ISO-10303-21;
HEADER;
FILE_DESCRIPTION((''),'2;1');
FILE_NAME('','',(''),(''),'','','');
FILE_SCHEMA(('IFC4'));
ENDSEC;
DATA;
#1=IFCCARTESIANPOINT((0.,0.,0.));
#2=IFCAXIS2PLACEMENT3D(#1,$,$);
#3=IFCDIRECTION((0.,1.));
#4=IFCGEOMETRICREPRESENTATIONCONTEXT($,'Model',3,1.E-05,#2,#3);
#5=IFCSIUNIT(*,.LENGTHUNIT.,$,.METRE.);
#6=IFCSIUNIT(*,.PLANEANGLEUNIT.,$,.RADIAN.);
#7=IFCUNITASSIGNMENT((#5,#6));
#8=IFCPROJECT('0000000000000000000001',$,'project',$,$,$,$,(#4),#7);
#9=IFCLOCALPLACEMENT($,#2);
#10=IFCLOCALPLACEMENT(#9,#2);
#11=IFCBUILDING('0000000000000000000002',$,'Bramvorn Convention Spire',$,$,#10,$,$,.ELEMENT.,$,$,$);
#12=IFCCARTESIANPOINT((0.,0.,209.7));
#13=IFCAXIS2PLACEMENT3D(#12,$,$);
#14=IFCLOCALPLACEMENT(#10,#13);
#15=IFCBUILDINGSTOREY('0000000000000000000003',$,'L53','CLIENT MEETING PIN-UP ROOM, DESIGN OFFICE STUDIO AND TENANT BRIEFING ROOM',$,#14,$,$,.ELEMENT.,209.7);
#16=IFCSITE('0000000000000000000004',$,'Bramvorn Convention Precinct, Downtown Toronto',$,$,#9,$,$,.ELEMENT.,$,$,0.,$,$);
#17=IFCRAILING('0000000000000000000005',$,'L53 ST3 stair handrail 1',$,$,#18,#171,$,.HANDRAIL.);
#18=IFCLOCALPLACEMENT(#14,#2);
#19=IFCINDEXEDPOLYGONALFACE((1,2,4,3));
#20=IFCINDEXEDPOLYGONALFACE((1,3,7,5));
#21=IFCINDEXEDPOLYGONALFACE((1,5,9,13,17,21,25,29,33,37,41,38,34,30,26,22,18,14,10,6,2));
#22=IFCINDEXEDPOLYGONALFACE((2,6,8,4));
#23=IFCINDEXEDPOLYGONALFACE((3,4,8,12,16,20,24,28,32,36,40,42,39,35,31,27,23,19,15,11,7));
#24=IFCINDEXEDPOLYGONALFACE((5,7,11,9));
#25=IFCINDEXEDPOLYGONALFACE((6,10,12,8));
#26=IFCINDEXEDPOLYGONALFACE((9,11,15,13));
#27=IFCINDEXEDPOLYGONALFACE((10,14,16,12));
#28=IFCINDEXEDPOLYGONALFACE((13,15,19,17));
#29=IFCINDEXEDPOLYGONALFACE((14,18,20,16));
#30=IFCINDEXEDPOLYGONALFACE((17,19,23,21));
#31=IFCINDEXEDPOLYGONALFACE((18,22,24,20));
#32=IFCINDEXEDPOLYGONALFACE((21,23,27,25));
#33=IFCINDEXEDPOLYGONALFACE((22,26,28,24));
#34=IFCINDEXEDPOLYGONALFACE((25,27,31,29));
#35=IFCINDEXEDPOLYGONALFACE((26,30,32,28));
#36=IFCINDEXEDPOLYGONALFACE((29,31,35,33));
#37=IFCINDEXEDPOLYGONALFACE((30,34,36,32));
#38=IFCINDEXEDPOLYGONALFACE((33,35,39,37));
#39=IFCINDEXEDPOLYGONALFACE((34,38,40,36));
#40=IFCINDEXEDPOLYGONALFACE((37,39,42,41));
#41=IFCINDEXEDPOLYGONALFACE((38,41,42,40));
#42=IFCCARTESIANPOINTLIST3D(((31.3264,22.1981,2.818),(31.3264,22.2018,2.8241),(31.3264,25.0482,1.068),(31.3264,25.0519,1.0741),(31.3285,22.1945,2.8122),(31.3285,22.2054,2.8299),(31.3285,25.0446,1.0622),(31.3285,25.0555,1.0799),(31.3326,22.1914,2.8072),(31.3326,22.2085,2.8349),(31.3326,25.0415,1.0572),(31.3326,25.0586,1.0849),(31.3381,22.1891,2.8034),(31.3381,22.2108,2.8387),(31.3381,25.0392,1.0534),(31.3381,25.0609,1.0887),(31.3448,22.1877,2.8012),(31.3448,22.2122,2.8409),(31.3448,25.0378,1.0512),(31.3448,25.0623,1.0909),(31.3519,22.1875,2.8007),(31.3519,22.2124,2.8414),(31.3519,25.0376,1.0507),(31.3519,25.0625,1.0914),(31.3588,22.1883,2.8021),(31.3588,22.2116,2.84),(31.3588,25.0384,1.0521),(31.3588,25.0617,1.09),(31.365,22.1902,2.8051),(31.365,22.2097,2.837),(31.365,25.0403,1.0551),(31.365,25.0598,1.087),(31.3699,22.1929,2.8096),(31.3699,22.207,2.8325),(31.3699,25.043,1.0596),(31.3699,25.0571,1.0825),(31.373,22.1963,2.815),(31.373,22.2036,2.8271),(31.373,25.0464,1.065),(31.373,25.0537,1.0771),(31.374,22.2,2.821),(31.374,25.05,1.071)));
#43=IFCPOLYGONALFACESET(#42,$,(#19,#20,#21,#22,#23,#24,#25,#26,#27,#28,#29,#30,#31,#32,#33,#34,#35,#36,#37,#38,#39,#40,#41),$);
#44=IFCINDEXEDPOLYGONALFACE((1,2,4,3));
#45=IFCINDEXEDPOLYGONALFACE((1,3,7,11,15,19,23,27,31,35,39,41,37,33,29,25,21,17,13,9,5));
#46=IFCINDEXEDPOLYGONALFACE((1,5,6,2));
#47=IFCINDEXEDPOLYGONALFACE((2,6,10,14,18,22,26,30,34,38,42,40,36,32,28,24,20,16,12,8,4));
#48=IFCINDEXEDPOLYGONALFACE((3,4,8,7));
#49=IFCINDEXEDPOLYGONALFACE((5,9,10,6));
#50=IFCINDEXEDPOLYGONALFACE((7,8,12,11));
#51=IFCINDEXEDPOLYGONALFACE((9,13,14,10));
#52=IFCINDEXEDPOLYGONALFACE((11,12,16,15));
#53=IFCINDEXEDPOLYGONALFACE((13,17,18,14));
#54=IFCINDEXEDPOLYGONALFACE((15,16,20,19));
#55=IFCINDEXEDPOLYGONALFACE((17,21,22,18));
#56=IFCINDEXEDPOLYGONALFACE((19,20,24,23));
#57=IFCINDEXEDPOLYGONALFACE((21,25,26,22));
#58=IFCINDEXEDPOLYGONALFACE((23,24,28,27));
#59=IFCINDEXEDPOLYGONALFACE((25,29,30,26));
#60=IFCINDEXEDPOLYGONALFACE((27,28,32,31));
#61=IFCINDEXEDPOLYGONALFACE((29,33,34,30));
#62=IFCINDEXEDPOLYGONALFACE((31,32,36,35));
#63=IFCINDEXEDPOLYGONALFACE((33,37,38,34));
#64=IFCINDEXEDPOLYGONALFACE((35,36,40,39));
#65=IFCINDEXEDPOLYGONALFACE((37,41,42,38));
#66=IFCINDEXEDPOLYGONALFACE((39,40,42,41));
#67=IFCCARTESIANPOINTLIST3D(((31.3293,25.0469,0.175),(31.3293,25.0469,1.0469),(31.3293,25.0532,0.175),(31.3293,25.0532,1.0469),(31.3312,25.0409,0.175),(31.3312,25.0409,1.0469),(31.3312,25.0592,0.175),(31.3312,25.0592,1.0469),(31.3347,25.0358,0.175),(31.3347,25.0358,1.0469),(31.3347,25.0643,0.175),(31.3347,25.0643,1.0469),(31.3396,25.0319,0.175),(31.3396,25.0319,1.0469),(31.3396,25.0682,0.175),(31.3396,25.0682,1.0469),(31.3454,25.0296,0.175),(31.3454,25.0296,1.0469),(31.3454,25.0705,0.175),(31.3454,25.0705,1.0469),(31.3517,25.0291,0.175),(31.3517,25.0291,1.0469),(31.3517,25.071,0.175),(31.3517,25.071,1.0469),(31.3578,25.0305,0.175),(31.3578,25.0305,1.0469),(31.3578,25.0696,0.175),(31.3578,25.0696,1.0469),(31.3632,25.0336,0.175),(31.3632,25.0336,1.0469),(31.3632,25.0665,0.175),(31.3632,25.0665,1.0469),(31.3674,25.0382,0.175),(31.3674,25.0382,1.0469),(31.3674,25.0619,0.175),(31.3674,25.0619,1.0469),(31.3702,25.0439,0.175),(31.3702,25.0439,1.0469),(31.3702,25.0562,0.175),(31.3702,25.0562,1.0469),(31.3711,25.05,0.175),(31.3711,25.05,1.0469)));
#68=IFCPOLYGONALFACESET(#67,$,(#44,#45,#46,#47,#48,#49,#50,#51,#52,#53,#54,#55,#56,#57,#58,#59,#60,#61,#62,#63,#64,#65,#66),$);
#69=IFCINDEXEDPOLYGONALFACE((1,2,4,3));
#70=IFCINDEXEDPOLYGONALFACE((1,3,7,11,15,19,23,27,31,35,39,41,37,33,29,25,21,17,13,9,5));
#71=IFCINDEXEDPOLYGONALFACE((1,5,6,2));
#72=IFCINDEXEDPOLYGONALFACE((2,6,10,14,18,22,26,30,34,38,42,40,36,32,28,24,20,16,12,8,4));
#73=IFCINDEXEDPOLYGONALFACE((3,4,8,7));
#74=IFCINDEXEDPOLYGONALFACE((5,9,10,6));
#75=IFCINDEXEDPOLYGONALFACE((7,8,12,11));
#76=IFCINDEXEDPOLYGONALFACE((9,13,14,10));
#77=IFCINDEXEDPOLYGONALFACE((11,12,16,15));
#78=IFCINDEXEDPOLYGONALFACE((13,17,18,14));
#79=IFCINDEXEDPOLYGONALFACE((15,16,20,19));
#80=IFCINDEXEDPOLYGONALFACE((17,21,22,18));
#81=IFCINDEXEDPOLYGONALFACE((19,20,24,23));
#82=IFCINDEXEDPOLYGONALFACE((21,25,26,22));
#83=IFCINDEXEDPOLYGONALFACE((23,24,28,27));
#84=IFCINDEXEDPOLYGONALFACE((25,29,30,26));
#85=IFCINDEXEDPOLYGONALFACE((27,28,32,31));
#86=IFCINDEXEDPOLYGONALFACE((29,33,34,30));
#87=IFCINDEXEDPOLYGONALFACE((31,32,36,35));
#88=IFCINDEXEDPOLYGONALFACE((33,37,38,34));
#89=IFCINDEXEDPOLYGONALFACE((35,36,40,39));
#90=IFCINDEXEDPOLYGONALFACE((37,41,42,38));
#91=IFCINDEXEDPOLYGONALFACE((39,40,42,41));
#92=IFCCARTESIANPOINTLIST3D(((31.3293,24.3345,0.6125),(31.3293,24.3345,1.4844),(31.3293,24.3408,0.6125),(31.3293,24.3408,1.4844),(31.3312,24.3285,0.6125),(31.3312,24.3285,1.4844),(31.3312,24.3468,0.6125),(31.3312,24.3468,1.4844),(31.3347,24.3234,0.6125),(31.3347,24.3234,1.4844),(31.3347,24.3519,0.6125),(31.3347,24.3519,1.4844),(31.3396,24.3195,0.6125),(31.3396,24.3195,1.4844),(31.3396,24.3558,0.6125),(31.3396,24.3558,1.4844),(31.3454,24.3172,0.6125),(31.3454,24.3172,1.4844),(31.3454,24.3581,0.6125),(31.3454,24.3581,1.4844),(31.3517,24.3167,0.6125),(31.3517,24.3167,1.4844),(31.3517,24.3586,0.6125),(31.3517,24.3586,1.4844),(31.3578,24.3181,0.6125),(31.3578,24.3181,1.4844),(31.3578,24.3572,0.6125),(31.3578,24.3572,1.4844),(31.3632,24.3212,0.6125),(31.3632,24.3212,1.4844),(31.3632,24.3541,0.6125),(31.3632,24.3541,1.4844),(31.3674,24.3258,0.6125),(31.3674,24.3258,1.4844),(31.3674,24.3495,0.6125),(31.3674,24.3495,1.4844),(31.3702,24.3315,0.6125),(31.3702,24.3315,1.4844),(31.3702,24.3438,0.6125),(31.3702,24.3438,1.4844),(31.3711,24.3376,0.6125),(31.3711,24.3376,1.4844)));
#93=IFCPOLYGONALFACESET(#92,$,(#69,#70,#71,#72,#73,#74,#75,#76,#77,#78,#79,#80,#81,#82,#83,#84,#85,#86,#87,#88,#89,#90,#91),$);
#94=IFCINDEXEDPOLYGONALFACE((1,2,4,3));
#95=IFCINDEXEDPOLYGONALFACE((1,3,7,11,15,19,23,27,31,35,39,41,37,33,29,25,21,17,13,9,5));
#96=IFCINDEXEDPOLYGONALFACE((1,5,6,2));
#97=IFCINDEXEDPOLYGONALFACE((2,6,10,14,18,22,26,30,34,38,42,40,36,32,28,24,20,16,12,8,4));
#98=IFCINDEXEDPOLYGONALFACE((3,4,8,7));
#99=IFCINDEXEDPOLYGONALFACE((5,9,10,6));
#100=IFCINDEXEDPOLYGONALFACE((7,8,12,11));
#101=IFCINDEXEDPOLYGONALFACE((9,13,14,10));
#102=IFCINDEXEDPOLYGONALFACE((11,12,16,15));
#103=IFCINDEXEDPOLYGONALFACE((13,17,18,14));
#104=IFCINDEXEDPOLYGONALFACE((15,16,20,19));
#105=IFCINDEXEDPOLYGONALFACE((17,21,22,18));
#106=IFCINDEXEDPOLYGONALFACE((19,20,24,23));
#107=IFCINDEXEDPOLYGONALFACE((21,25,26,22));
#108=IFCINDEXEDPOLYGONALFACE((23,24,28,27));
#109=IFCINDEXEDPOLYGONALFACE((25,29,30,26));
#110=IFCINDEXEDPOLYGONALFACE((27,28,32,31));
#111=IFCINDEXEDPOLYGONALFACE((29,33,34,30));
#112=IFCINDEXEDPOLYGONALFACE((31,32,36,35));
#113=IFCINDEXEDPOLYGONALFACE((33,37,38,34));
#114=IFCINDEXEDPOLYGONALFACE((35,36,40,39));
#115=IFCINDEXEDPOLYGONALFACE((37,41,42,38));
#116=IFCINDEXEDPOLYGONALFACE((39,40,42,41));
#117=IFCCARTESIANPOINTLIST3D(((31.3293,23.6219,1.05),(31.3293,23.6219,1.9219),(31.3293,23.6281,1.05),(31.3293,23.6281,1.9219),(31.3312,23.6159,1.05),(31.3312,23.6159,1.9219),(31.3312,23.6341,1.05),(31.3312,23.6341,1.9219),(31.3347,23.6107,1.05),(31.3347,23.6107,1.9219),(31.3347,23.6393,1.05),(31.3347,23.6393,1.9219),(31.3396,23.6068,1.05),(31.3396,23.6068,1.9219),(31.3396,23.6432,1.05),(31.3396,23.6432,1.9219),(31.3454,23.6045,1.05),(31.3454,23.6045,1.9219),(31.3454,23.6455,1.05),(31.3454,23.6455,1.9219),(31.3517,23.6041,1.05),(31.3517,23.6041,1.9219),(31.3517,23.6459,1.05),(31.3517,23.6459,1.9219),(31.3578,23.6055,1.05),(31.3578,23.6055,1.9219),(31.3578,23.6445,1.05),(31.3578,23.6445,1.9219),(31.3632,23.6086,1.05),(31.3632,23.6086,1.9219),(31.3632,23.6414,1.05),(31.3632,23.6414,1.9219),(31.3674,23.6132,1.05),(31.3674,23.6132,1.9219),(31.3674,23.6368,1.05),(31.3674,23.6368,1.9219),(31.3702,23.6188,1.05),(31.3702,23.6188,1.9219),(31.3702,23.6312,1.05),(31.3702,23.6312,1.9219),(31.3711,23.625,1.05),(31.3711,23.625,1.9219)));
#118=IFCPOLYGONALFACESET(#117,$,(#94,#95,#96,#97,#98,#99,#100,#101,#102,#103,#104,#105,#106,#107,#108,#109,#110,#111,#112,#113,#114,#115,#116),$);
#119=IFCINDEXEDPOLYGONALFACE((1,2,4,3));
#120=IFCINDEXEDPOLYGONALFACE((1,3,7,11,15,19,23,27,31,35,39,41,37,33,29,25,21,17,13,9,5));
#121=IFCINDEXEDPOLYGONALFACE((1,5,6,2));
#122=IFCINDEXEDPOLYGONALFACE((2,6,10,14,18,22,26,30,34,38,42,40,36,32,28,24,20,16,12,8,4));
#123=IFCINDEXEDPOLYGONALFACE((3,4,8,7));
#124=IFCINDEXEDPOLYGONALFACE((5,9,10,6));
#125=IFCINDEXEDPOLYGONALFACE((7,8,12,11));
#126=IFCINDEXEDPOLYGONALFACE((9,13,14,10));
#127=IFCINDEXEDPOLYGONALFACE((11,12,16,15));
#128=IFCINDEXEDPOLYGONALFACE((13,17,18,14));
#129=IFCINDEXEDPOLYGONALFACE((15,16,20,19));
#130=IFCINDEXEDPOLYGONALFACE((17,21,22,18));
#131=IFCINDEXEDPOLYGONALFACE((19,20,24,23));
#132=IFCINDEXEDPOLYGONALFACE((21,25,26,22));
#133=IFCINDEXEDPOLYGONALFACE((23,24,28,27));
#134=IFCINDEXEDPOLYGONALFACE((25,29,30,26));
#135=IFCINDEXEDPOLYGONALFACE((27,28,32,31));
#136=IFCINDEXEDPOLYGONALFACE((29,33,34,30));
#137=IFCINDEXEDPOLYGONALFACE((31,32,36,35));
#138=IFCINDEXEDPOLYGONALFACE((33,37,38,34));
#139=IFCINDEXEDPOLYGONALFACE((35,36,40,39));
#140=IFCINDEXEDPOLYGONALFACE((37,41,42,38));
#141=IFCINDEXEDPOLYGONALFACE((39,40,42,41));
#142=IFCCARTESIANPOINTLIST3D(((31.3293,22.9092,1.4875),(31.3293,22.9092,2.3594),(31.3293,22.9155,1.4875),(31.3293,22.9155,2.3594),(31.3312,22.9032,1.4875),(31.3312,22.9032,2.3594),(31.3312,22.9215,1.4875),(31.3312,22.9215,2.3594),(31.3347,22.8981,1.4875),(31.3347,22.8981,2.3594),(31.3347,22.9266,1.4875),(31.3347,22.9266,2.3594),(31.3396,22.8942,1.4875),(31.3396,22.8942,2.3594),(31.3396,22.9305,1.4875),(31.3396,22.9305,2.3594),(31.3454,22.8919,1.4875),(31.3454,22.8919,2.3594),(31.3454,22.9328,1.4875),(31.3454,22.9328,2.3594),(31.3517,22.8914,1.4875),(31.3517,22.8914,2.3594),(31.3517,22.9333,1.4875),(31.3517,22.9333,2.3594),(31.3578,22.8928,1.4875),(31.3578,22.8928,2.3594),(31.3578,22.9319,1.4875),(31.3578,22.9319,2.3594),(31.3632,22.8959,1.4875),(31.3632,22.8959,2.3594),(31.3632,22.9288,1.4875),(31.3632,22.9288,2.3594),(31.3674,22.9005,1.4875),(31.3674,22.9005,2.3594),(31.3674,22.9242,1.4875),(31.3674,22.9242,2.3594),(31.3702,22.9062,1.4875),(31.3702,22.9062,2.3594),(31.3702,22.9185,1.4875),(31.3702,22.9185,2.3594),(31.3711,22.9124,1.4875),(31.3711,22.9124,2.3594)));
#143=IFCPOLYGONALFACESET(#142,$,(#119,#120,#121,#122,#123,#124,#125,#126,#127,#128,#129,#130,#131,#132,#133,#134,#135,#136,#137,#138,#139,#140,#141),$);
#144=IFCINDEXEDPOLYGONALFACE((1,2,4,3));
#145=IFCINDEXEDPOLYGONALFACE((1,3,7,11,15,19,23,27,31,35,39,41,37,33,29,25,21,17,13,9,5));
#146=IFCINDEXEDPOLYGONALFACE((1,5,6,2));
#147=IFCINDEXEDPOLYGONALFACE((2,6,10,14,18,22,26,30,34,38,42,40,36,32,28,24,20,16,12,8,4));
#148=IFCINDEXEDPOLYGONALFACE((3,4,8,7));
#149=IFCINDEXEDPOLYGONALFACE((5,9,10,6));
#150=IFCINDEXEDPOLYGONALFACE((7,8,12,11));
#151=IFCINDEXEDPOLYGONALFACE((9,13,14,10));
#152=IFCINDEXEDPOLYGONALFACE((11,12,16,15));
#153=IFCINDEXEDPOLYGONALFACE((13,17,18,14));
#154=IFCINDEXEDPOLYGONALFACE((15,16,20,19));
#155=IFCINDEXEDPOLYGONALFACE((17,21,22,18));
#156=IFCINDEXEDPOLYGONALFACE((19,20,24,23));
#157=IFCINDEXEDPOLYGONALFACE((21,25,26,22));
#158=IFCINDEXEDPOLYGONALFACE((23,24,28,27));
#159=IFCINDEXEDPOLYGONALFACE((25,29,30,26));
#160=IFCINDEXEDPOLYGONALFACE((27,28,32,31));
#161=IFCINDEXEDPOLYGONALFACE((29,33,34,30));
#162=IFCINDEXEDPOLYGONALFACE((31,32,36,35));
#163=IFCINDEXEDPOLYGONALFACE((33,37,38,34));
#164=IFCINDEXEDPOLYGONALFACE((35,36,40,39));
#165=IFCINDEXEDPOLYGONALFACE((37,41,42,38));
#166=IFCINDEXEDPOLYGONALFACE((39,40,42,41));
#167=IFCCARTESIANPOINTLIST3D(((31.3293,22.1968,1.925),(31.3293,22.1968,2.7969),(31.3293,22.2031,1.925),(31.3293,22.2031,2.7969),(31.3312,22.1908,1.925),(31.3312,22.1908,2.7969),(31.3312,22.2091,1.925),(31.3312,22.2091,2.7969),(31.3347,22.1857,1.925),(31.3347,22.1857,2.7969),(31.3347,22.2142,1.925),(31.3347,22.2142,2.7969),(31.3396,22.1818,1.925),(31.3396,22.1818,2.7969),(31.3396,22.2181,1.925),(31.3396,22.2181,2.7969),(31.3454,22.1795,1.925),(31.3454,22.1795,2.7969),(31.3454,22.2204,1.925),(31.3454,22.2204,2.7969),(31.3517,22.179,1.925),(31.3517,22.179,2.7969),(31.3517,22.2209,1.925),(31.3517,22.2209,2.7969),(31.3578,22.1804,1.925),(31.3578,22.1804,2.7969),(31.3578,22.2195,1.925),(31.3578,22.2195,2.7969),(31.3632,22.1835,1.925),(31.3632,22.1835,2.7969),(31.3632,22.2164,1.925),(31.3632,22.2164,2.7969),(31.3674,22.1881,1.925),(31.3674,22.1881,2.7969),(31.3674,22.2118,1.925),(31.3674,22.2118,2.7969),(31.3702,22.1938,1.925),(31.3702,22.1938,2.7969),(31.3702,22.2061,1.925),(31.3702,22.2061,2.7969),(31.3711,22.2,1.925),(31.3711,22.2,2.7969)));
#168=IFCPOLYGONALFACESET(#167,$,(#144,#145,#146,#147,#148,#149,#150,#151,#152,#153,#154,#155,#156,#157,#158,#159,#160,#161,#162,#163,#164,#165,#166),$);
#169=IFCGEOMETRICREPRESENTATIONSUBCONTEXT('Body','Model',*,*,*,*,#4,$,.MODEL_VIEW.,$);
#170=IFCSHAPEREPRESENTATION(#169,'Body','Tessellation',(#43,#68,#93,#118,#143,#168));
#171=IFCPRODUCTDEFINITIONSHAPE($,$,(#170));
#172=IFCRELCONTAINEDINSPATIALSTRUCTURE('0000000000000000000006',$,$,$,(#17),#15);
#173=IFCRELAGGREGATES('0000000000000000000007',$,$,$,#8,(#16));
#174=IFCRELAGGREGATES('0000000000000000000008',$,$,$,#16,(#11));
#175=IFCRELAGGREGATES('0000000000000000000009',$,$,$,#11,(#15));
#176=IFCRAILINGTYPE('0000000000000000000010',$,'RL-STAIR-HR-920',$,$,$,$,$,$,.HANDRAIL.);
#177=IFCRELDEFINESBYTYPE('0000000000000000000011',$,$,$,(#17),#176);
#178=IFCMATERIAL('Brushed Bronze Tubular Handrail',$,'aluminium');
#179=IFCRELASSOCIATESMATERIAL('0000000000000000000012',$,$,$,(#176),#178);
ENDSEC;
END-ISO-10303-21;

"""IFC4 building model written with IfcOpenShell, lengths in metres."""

from ifc_helpers import new_model, si_unit, direction, frame, origin, origin_2d, place, context, subcontext, project, spatial, circle, extrude, material, type_object, element, save


model = new_model("IFC4")

# Units and contexts
model_context = context("Model", 3, precision=1e-05, world=origin(), true_north=direction((0.0, 1.0)))
body_context = subcontext(model_context, "Body", "Model", "MODEL_VIEW")
ifc_project = project(units=[si_unit("LENGTHUNIT", "METRE"), si_unit("PLANEANGLEUNIT", "RADIAN")], contexts=[model_context])

# Site, building, storey
site_placement = place(None, origin())
site = spatial("IfcSite", under=ifc_project, at=site_placement, Name="Bramvorn Convention Precinct, Downtown Toronto", CompositionType="ELEMENT", RefElevation=0.0)
building_placement = place(site_placement, origin())
building = spatial("IfcBuilding", under=site, at=building_placement, Name="Bramvorn Convention Spire", CompositionType="ELEMENT")
storey_placement = place(building_placement, frame((0.0, 0.0, 209.7)))
storey = spatial("IfcBuildingStorey", under=building, at=storey_placement, Name="L53", Description="CLIENT MEETING PIN-UP ROOM, DESIGN OFFICE STUDIO AND TENANT BRIEFING ROOM", CompositionType="ELEMENT", Elevation=209.7)

# Railing
ifc_material_1 = material(Name="Brushed Bronze Tubular Handrail", Category="aluminium")
railing_type_1 = type_object("IfcRailingType", Name="RL-STAIR-HR-920", PredefinedType="HANDRAIL", material=ifc_material_1)
railing_1_placement = place(storey_placement, frame((31.3501, 25.05, 0.175)))
element("IfcRailing", 1, at=railing_1_placement, inside=storey, type_object=railing_type_1, Name="L53 ST3 stair handrail 1", PredefinedType="HANDRAIL", context=body_context, shape_type="SweptSolid", body=[
    extrude(circle(Radius=0.0239, at=origin_2d()), frame((0.0, 0.0, 0.896), z_axis=(0.0, -0.852179, 0.52325), x_axis=(1.0, 0.0, 0.0)), (0.0, 0.0, 1.0), 3.3445),
    extrude(circle(Radius=0.021, at=origin_2d()), origin(), (0.0, 0.0, 1.0), 0.8718),
    extrude(circle(Radius=0.021, at=origin_2d()), frame((0.0, -0.7124, 0.4375)), (0.0, 0.0, 1.0), 0.8718),
    extrude(circle(Radius=0.021, at=origin_2d()), frame((0.0, -1.425, 0.875)), (0.0, 0.0, 1.0), 0.8718),
    extrude(circle(Radius=0.021, at=origin_2d()), frame((0.0, -2.1377, 1.3125)), (0.0, 0.0, 1.0), 0.8718),
    extrude(circle(Radius=0.021, at=origin_2d()), frame((0.0, -2.8501, 1.75)), (0.0, 0.0, 1.0), 0.8718),
])

save(model, "model.ifc")
